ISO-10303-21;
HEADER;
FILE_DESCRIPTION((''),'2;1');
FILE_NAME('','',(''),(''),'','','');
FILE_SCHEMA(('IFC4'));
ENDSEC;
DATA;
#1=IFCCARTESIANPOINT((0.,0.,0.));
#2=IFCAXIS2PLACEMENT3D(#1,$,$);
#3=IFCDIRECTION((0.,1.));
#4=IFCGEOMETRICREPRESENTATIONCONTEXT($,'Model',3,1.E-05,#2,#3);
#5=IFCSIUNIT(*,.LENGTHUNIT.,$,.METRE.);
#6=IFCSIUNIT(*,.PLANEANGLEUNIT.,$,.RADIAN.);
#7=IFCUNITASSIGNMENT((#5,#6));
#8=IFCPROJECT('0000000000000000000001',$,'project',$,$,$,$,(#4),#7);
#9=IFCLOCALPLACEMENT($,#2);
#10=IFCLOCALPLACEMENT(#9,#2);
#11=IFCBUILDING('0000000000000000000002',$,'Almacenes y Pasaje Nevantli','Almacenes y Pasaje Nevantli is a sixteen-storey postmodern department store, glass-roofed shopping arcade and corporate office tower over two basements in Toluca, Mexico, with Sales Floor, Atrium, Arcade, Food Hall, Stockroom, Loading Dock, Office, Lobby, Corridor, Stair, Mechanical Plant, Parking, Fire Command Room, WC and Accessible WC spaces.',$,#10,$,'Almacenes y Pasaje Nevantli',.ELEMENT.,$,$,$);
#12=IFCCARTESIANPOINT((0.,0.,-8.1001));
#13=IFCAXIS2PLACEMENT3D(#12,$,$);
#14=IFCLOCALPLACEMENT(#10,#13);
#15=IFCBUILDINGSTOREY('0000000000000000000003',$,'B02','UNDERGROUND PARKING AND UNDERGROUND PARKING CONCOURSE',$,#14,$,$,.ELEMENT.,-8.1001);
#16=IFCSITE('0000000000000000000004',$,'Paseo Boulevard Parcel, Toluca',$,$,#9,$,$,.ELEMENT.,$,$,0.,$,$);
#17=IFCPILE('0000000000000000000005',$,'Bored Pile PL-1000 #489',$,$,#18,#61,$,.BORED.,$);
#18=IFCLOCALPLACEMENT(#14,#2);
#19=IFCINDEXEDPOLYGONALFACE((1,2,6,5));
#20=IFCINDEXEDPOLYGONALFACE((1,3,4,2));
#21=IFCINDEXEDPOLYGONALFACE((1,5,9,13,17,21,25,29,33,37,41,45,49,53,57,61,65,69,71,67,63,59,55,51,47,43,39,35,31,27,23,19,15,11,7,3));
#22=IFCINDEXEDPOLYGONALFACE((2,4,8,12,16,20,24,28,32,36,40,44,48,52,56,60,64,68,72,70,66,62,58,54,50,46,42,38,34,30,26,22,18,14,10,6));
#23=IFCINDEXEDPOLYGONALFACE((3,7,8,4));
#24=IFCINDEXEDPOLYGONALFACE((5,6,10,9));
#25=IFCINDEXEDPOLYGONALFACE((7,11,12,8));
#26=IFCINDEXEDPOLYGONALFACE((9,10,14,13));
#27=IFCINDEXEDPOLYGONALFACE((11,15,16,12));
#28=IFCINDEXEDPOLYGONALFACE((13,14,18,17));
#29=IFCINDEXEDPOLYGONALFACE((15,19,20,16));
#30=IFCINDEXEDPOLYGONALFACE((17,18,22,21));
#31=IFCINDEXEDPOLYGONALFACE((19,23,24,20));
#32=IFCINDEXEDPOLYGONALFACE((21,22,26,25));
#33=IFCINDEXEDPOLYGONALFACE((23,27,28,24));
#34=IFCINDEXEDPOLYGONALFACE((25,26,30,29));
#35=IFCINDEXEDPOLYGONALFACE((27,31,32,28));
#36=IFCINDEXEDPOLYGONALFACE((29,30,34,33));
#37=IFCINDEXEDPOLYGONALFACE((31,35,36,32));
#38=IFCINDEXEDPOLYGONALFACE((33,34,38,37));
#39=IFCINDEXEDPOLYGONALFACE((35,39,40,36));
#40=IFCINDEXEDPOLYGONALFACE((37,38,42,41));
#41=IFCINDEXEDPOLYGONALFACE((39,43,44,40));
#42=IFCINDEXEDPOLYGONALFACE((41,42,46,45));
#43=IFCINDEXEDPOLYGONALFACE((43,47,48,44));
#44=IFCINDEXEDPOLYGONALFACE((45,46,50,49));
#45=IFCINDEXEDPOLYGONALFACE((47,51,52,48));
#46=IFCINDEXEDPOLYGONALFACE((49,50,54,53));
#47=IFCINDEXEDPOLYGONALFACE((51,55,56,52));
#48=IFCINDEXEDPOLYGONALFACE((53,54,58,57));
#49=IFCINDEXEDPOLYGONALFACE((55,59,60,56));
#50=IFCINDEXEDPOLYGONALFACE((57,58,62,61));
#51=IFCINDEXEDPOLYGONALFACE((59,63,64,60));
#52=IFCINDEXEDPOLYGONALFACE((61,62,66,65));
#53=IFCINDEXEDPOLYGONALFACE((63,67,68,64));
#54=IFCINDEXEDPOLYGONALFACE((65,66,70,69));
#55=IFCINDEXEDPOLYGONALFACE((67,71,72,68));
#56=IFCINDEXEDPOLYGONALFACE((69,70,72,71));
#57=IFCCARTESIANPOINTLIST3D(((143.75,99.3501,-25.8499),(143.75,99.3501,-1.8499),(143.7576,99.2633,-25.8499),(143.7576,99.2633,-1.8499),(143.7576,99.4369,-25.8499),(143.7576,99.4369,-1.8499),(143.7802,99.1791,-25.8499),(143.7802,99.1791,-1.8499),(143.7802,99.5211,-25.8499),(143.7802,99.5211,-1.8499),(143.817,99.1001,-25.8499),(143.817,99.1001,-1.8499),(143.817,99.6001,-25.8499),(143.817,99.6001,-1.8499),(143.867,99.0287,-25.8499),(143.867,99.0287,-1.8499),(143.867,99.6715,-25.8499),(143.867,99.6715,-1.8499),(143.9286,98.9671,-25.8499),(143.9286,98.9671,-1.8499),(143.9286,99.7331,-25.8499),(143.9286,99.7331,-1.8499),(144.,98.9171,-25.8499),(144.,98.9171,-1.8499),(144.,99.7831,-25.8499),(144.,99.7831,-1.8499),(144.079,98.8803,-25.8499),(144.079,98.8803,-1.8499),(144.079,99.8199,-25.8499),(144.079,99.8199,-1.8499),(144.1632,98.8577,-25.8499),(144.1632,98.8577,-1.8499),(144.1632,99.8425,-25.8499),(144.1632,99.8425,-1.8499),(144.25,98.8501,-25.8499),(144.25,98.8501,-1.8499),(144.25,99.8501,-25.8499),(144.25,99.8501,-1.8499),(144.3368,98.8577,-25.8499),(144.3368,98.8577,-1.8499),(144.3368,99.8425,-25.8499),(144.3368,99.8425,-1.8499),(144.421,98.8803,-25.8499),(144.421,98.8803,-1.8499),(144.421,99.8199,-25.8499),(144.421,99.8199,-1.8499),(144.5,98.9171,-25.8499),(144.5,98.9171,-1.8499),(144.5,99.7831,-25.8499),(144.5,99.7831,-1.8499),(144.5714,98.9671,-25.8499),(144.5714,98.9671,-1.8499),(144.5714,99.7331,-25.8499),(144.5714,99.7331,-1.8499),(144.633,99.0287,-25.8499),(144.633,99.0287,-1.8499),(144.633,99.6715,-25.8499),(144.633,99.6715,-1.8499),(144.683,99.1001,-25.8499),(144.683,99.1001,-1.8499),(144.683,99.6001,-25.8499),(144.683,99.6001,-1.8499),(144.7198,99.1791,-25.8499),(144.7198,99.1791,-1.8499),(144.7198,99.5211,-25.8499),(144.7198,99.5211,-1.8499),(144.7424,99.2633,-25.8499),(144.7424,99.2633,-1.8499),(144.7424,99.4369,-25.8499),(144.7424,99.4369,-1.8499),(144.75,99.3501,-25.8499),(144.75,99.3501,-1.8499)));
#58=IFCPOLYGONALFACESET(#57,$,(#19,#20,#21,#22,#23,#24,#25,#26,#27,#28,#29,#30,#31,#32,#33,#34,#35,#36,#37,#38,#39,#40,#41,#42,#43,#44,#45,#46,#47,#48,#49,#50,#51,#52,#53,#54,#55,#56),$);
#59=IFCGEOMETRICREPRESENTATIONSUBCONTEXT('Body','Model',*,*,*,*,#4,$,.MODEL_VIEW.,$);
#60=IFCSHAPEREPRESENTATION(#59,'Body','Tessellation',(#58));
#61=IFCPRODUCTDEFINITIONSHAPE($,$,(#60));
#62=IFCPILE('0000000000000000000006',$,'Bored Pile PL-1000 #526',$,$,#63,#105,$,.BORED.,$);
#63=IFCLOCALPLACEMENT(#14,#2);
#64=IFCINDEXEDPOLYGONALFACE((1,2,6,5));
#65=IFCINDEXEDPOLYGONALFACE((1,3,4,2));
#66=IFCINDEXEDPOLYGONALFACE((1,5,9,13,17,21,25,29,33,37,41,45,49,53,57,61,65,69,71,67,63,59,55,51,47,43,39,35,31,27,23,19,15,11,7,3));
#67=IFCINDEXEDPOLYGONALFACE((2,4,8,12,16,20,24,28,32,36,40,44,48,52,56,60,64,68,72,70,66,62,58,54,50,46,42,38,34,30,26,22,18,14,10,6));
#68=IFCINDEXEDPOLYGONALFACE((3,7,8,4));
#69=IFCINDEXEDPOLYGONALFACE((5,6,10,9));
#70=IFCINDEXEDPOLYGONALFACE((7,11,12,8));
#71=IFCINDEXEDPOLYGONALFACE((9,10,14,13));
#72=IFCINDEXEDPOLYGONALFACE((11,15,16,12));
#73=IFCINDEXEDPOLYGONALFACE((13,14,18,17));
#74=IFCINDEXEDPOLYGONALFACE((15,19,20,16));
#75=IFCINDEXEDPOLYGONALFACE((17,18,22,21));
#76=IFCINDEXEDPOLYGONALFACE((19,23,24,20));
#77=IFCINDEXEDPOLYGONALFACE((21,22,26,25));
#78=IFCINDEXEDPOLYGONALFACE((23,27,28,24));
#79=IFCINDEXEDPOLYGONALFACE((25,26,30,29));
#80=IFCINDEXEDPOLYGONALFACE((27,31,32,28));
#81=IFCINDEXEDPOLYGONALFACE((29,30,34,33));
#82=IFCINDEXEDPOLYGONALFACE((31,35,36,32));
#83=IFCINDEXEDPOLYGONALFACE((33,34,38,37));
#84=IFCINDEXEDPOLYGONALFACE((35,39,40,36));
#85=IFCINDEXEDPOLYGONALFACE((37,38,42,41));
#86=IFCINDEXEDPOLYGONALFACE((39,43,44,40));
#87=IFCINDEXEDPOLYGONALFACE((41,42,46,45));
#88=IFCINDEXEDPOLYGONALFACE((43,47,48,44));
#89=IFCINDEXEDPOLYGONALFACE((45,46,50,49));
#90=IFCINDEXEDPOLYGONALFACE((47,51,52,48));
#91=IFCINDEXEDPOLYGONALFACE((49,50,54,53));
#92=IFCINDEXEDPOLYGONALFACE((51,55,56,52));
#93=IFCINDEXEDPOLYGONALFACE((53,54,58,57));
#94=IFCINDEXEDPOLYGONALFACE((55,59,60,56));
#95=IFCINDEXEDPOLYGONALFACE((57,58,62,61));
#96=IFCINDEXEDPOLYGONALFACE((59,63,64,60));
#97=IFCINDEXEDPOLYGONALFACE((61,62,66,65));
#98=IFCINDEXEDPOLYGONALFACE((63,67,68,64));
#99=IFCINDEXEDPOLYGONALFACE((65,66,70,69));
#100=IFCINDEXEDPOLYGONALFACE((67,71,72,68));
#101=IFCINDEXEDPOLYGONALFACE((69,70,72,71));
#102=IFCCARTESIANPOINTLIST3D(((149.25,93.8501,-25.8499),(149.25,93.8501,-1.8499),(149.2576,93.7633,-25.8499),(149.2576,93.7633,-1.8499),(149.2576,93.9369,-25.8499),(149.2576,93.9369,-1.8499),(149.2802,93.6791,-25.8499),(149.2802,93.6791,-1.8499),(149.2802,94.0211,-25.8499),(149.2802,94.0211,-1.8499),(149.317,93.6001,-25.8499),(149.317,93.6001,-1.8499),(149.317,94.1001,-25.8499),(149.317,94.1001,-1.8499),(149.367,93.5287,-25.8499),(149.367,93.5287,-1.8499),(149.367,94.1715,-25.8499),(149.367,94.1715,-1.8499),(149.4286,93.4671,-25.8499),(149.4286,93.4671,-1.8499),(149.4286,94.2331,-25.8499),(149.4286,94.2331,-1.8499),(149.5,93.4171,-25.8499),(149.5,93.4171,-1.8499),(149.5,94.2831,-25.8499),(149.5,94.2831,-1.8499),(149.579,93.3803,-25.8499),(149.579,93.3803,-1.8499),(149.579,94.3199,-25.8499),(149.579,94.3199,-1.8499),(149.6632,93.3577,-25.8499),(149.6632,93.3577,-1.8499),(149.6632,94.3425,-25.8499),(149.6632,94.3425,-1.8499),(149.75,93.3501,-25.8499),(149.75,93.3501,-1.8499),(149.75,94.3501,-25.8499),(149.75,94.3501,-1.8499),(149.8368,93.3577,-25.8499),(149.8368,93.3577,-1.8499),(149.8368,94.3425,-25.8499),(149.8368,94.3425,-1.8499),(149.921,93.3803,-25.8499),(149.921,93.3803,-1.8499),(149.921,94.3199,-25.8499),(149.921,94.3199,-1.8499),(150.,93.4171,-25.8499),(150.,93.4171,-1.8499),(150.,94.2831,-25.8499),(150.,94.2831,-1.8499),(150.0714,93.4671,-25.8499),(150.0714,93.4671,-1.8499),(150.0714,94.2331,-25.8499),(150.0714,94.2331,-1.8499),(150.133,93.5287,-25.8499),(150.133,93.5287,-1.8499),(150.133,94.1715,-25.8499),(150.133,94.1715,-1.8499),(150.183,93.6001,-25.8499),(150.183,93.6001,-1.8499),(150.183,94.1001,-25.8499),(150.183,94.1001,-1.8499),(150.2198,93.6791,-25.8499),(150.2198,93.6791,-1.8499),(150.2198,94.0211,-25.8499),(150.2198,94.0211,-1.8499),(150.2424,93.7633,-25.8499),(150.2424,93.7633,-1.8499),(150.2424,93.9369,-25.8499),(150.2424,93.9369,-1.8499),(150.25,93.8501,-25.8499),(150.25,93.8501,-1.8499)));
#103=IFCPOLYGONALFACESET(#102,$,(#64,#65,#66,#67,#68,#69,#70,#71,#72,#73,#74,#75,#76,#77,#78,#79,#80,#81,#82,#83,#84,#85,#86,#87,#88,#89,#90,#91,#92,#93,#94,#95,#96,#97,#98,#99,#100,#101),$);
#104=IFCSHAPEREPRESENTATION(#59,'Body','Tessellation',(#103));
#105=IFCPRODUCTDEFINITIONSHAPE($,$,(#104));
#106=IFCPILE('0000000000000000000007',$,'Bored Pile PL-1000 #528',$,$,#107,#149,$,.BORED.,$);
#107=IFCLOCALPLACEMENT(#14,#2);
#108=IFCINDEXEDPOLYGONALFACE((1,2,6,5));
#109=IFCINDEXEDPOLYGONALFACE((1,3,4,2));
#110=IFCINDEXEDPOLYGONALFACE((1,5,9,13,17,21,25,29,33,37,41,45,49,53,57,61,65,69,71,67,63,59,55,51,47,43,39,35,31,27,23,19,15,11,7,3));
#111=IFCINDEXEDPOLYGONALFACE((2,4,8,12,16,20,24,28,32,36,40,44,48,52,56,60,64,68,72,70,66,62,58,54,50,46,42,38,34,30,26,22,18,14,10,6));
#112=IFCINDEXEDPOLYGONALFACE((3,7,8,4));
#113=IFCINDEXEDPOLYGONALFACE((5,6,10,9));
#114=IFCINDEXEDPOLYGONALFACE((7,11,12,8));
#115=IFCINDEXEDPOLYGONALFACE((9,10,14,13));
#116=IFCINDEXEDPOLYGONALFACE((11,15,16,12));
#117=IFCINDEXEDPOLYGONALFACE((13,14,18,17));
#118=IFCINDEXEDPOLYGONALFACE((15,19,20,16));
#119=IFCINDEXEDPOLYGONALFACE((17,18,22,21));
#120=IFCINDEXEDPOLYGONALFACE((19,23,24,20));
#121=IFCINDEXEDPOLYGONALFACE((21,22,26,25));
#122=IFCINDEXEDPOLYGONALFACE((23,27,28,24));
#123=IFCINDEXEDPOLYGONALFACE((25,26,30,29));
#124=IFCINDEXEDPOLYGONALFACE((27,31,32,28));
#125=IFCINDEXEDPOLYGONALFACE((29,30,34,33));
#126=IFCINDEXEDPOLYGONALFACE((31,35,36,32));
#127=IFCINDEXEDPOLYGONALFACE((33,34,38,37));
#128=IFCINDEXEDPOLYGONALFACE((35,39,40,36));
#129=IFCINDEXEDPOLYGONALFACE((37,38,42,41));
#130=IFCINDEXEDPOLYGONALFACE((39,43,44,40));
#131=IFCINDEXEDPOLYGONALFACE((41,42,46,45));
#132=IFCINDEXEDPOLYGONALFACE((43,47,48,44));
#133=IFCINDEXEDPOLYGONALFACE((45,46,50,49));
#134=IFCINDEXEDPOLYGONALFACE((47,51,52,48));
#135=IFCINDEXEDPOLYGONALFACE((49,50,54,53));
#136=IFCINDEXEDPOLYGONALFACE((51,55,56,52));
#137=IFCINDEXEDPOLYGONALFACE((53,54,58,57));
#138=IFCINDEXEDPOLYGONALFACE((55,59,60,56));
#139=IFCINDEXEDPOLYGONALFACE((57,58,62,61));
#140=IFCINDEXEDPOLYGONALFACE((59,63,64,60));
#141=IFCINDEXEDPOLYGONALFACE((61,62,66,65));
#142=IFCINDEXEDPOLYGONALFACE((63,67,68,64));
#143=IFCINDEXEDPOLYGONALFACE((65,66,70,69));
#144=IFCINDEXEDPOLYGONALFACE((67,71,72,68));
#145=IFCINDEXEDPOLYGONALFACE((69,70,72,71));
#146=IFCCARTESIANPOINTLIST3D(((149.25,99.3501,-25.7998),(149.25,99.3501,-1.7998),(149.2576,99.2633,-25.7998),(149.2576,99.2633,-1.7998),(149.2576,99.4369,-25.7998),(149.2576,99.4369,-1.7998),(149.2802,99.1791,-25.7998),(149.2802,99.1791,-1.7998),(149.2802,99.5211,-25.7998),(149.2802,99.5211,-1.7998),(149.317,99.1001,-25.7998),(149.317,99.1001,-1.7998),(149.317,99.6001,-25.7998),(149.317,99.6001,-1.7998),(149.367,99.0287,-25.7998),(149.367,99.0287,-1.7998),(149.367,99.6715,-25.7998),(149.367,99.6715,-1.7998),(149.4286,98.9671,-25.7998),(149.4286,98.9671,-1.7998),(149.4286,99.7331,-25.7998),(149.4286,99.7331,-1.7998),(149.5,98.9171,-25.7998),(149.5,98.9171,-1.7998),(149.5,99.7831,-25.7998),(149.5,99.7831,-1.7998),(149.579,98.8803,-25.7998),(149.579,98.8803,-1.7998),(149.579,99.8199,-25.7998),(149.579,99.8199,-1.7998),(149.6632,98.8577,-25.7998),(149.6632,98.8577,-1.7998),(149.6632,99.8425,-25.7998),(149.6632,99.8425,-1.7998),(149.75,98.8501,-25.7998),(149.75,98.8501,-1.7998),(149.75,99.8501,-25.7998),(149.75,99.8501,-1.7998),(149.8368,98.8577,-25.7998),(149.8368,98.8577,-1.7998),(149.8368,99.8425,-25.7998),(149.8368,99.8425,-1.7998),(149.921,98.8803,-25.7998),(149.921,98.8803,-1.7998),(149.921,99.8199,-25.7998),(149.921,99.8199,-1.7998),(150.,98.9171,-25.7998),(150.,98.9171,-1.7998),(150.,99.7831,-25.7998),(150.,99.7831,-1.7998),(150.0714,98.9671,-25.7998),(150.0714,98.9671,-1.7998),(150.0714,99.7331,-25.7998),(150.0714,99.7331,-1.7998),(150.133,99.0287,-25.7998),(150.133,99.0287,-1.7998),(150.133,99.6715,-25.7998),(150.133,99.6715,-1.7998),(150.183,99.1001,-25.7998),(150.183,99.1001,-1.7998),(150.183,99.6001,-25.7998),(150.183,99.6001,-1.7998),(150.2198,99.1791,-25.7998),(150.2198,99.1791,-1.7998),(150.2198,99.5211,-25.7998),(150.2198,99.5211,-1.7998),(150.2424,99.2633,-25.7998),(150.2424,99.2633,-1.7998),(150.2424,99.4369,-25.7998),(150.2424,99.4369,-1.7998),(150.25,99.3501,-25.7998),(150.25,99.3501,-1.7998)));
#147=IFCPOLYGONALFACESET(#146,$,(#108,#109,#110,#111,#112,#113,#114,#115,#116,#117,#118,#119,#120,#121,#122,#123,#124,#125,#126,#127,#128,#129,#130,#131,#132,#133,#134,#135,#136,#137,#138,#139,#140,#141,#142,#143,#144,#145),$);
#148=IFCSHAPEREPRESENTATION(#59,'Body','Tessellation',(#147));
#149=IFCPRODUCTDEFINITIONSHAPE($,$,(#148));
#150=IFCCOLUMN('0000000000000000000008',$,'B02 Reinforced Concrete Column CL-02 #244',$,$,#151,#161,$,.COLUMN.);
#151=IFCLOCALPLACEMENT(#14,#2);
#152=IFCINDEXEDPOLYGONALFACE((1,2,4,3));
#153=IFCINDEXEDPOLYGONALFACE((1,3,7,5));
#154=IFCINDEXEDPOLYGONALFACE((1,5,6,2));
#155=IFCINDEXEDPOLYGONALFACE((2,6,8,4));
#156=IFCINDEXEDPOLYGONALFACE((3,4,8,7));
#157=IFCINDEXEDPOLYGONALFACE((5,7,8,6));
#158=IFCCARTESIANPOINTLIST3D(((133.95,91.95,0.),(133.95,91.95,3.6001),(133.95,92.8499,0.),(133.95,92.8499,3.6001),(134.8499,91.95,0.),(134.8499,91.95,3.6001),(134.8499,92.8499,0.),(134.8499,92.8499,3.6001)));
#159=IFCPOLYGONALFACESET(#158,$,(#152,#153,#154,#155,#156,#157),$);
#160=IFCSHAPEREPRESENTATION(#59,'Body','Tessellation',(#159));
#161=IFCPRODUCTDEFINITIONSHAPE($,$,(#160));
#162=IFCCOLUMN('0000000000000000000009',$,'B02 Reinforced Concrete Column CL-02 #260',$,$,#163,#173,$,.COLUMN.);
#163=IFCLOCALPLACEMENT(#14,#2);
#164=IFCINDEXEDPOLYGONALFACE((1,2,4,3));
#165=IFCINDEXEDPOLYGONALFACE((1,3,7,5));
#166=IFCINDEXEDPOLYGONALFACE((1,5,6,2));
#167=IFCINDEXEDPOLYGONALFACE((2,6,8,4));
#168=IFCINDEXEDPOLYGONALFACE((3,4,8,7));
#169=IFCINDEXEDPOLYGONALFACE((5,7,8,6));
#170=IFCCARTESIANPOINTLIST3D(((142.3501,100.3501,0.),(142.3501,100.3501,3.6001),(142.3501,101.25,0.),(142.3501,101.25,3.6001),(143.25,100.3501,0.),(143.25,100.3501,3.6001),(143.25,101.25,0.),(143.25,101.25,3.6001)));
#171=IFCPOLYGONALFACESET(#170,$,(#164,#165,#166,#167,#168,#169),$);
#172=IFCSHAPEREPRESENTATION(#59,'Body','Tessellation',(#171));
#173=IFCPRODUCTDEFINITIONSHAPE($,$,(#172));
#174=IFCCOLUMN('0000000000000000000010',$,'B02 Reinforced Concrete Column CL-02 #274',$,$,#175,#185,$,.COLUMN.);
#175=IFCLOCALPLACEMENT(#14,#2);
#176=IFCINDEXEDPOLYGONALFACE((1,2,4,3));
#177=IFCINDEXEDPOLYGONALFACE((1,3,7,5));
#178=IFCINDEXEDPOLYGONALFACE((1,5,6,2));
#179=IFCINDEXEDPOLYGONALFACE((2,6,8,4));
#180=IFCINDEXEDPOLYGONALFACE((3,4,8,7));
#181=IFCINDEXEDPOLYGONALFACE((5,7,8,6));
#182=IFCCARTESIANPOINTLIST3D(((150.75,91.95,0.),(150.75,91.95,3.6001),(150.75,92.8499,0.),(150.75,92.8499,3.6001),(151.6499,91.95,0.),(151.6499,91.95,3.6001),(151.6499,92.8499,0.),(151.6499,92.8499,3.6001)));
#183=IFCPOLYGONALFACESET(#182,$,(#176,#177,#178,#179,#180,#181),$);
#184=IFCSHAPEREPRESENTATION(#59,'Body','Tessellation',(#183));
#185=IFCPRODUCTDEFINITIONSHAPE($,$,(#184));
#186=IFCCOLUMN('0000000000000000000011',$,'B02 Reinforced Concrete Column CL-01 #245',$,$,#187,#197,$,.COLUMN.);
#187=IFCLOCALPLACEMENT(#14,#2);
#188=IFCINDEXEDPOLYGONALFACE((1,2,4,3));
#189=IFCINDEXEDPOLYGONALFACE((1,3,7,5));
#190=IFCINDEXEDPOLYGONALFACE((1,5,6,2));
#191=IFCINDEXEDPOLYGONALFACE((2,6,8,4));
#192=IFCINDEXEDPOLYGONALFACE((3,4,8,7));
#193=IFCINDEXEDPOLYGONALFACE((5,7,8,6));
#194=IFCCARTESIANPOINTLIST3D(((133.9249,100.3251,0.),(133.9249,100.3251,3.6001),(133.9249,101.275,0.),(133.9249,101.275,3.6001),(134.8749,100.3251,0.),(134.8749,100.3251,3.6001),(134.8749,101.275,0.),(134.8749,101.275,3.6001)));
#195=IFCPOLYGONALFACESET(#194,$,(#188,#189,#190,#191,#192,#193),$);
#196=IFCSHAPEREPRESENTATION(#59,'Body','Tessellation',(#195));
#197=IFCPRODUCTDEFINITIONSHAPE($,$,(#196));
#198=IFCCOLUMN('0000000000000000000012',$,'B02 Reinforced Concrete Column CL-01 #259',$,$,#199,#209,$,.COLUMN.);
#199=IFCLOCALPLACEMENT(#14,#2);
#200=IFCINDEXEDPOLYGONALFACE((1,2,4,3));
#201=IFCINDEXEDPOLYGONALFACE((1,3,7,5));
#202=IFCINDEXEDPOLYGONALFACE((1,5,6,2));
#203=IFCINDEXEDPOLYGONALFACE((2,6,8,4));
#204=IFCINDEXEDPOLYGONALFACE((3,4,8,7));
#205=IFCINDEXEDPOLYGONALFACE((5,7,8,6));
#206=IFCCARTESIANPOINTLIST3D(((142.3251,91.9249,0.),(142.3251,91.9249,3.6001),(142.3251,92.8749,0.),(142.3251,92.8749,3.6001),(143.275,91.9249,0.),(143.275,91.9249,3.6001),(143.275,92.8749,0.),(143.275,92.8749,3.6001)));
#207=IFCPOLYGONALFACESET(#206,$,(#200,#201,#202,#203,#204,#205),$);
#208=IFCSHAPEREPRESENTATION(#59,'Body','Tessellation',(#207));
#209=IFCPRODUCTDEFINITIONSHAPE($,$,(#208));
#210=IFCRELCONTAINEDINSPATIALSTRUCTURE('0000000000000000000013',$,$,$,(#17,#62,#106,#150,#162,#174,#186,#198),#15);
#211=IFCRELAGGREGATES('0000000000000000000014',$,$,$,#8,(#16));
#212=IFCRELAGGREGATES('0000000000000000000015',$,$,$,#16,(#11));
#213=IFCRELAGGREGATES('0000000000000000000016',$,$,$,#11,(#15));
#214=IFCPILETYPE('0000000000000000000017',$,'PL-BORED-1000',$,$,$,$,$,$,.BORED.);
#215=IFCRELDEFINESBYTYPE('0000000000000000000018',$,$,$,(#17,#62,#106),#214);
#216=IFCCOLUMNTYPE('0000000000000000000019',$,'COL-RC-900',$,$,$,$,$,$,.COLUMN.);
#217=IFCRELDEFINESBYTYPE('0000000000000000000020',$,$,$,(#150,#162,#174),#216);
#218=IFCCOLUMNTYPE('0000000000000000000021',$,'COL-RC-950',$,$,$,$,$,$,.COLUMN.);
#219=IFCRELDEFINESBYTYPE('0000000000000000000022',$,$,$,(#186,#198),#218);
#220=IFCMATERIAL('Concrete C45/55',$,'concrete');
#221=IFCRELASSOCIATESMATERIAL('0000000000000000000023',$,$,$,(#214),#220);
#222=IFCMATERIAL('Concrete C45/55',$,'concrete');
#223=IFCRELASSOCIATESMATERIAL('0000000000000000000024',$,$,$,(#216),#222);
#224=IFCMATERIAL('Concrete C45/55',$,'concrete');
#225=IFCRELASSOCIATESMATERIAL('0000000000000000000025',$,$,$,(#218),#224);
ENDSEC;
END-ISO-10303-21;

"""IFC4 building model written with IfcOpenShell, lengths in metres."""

from ifc_helpers import new_model, si_unit, direction, frame, origin, origin_2d, place, context, subcontext, project, spatial, rectangle, circle, extrude, material, material_profile, profile_set, type_object, element, save


model = new_model("IFC4")

# Units and contexts
model_context = context("Model", 3, precision=1e-05, world=origin(), true_north=direction((0.0, 1.0)))
body_context = subcontext(model_context, "Body", "Model", "MODEL_VIEW")
ifc_project = project(units=[si_unit("LENGTHUNIT", "METRE"), si_unit("PLANEANGLEUNIT", "RADIAN")], contexts=[model_context])

# Site, building, storey
site_placement = place(None, origin())
site = spatial("IfcSite", under=ifc_project, at=site_placement, Name="Paseo Boulevard Parcel, Toluca", CompositionType="ELEMENT", RefElevation=0.0)
building_placement = place(site_placement, origin())
building = spatial("IfcBuilding", under=site, at=building_placement, Name="Almacenes y Pasaje Nevantli", Description="Almacenes y Pasaje Nevantli is a sixteen-storey postmodern department store, glass-roofed shopping arcade and corporate office tower over two basements in Toluca, Mexico, with Sales Floor, Atrium, Arcade, Food Hall, Stockroom, Loading Dock, Office, Lobby, Corridor, Stair, Mechanical Plant, Parking, Fire Command Room, WC and Accessible WC spaces.", LongName="Almacenes y Pasaje Nevantli", CompositionType="ELEMENT")
storey_placement = place(building_placement, frame((0.0, 0.0, -8.1001)))
storey = spatial("IfcBuildingStorey", under=building, at=storey_placement, Name="B02", Description="UNDERGROUND PARKING AND UNDERGROUND PARKING CONCOURSE", CompositionType="ELEMENT", Elevation=-8.1001)

# Piles
ifc_material_1 = material(Name="Concrete C45/55", Category="concrete")
ifc_material_profile_1 = material_profile(ifc_material_1, circle(Radius=0.5, at=origin_2d()), Name="RC-PILE-D1000")
ifc_profile_set_1 = profile_set([ifc_material_profile_1], Name="Concrete C45/55")
pile_type = type_object("IfcPileType", Name="PL-BORED-1000", PredefinedType="BORED", material=ifc_profile_set_1)
for number, where, z_axis, x_axis, name in (
    (1, (144.25, 99.3501, -1.8499), (0.0, 0.0, -1.0), (1.0, 0.0, 0.0), "Bored Pile PL-1000 #489"),
    (2, (149.75, 93.8501, -1.8499), (0.0, 0.0, -1.0), (1.0, 0.0, 0.0), "Bored Pile PL-1000 #526"),
    (3, (149.75, 99.3501, -1.7998), (0.0, 0.0, -1.0), (1.0, 0.0, 0.0), "Bored Pile PL-1000 #528"),
):
    element("IfcPile", number, at=place(storey_placement, frame(where, z_axis=z_axis, x_axis=x_axis)), inside=storey, type_object=pile_type, Name=name, PredefinedType="BORED", context=body_context, shape_type="SweptSolid", body=[
        extrude(circle(Radius=0.5, at=origin_2d()), origin(), (0.0, 0.0, 1.0), 24.0),
    ])

# Columns
ifc_material_2 = material(Name="Concrete C45/55", Category="concrete")
ifc_material_profile_2 = material_profile(ifc_material_2, rectangle(XDim=0.8999, YDim=0.8999, at=origin_2d()), Name="RC-COL-900x900")
ifc_profile_set_2 = profile_set([ifc_material_profile_2], Name="Concrete C45/55")
column_type_1 = type_object("IfcColumnType", Name="COL-RC-900", PredefinedType="COLUMN", material=ifc_profile_set_2)
for number, where, z_axis, x_axis, name in (
    (4, (134.3999, 92.3999, 0.0), (0.0, 0.0, 1.0), (1.0, 0.0, 0.0), "B02 Reinforced Concrete Column CL-02 #244"),
    (5, (142.8, 100.8, 0.0), (0.0, 0.0, 1.0), (1.0, 0.0, 0.0), "B02 Reinforced Concrete Column CL-02 #260"),
    (6, (151.2, 92.3999, 0.0), (0.0, 0.0, 1.0), (1.0, 0.0, 0.0), "B02 Reinforced Concrete Column CL-02 #274"),
):
    element("IfcColumn", number, at=place(storey_placement, frame(where, z_axis=z_axis, x_axis=x_axis)), inside=storey, type_object=column_type_1, Name=name, PredefinedType="COLUMN", context=body_context, shape_type="SweptSolid", body=[
        extrude(rectangle(XDim=0.8999, YDim=0.8999, at=origin_2d()), origin(), (0.0, 0.0, 1.0), 3.6001),
    ])
ifc_material_3 = material(Name="Concrete C45/55", Category="concrete")
ifc_material_profile_3 = material_profile(ifc_material_3, rectangle(XDim=0.95, YDim=0.95, at=origin_2d()), Name="RC-COL-950x950")
ifc_profile_set_3 = profile_set([ifc_material_profile_3], Name="Concrete C45/55")
column_type_2 = type_object("IfcColumnType", Name="COL-RC-950", PredefinedType="COLUMN", material=ifc_profile_set_3)
for number, where, z_axis, x_axis, name in (
    (7, (134.3999, 100.8, 0.0), (0.0, 0.0, 1.0), (1.0, 0.0, 0.0), "B02 Reinforced Concrete Column CL-01 #245"),
    (8, (142.8, 92.3999, 0.0), (0.0, 0.0, 1.0), (1.0, 0.0, 0.0), "B02 Reinforced Concrete Column CL-01 #259"),
):
    element("IfcColumn", number, at=place(storey_placement, frame(where, z_axis=z_axis, x_axis=x_axis)), inside=storey, type_object=column_type_2, Name=name, PredefinedType="COLUMN", context=body_context, shape_type="SweptSolid", body=[
        extrude(rectangle(XDim=0.95, YDim=0.95, at=origin_2d()), origin(), (0.0, 0.0, 1.0), 3.6001),
    ])

save(model, "model.ifc")
